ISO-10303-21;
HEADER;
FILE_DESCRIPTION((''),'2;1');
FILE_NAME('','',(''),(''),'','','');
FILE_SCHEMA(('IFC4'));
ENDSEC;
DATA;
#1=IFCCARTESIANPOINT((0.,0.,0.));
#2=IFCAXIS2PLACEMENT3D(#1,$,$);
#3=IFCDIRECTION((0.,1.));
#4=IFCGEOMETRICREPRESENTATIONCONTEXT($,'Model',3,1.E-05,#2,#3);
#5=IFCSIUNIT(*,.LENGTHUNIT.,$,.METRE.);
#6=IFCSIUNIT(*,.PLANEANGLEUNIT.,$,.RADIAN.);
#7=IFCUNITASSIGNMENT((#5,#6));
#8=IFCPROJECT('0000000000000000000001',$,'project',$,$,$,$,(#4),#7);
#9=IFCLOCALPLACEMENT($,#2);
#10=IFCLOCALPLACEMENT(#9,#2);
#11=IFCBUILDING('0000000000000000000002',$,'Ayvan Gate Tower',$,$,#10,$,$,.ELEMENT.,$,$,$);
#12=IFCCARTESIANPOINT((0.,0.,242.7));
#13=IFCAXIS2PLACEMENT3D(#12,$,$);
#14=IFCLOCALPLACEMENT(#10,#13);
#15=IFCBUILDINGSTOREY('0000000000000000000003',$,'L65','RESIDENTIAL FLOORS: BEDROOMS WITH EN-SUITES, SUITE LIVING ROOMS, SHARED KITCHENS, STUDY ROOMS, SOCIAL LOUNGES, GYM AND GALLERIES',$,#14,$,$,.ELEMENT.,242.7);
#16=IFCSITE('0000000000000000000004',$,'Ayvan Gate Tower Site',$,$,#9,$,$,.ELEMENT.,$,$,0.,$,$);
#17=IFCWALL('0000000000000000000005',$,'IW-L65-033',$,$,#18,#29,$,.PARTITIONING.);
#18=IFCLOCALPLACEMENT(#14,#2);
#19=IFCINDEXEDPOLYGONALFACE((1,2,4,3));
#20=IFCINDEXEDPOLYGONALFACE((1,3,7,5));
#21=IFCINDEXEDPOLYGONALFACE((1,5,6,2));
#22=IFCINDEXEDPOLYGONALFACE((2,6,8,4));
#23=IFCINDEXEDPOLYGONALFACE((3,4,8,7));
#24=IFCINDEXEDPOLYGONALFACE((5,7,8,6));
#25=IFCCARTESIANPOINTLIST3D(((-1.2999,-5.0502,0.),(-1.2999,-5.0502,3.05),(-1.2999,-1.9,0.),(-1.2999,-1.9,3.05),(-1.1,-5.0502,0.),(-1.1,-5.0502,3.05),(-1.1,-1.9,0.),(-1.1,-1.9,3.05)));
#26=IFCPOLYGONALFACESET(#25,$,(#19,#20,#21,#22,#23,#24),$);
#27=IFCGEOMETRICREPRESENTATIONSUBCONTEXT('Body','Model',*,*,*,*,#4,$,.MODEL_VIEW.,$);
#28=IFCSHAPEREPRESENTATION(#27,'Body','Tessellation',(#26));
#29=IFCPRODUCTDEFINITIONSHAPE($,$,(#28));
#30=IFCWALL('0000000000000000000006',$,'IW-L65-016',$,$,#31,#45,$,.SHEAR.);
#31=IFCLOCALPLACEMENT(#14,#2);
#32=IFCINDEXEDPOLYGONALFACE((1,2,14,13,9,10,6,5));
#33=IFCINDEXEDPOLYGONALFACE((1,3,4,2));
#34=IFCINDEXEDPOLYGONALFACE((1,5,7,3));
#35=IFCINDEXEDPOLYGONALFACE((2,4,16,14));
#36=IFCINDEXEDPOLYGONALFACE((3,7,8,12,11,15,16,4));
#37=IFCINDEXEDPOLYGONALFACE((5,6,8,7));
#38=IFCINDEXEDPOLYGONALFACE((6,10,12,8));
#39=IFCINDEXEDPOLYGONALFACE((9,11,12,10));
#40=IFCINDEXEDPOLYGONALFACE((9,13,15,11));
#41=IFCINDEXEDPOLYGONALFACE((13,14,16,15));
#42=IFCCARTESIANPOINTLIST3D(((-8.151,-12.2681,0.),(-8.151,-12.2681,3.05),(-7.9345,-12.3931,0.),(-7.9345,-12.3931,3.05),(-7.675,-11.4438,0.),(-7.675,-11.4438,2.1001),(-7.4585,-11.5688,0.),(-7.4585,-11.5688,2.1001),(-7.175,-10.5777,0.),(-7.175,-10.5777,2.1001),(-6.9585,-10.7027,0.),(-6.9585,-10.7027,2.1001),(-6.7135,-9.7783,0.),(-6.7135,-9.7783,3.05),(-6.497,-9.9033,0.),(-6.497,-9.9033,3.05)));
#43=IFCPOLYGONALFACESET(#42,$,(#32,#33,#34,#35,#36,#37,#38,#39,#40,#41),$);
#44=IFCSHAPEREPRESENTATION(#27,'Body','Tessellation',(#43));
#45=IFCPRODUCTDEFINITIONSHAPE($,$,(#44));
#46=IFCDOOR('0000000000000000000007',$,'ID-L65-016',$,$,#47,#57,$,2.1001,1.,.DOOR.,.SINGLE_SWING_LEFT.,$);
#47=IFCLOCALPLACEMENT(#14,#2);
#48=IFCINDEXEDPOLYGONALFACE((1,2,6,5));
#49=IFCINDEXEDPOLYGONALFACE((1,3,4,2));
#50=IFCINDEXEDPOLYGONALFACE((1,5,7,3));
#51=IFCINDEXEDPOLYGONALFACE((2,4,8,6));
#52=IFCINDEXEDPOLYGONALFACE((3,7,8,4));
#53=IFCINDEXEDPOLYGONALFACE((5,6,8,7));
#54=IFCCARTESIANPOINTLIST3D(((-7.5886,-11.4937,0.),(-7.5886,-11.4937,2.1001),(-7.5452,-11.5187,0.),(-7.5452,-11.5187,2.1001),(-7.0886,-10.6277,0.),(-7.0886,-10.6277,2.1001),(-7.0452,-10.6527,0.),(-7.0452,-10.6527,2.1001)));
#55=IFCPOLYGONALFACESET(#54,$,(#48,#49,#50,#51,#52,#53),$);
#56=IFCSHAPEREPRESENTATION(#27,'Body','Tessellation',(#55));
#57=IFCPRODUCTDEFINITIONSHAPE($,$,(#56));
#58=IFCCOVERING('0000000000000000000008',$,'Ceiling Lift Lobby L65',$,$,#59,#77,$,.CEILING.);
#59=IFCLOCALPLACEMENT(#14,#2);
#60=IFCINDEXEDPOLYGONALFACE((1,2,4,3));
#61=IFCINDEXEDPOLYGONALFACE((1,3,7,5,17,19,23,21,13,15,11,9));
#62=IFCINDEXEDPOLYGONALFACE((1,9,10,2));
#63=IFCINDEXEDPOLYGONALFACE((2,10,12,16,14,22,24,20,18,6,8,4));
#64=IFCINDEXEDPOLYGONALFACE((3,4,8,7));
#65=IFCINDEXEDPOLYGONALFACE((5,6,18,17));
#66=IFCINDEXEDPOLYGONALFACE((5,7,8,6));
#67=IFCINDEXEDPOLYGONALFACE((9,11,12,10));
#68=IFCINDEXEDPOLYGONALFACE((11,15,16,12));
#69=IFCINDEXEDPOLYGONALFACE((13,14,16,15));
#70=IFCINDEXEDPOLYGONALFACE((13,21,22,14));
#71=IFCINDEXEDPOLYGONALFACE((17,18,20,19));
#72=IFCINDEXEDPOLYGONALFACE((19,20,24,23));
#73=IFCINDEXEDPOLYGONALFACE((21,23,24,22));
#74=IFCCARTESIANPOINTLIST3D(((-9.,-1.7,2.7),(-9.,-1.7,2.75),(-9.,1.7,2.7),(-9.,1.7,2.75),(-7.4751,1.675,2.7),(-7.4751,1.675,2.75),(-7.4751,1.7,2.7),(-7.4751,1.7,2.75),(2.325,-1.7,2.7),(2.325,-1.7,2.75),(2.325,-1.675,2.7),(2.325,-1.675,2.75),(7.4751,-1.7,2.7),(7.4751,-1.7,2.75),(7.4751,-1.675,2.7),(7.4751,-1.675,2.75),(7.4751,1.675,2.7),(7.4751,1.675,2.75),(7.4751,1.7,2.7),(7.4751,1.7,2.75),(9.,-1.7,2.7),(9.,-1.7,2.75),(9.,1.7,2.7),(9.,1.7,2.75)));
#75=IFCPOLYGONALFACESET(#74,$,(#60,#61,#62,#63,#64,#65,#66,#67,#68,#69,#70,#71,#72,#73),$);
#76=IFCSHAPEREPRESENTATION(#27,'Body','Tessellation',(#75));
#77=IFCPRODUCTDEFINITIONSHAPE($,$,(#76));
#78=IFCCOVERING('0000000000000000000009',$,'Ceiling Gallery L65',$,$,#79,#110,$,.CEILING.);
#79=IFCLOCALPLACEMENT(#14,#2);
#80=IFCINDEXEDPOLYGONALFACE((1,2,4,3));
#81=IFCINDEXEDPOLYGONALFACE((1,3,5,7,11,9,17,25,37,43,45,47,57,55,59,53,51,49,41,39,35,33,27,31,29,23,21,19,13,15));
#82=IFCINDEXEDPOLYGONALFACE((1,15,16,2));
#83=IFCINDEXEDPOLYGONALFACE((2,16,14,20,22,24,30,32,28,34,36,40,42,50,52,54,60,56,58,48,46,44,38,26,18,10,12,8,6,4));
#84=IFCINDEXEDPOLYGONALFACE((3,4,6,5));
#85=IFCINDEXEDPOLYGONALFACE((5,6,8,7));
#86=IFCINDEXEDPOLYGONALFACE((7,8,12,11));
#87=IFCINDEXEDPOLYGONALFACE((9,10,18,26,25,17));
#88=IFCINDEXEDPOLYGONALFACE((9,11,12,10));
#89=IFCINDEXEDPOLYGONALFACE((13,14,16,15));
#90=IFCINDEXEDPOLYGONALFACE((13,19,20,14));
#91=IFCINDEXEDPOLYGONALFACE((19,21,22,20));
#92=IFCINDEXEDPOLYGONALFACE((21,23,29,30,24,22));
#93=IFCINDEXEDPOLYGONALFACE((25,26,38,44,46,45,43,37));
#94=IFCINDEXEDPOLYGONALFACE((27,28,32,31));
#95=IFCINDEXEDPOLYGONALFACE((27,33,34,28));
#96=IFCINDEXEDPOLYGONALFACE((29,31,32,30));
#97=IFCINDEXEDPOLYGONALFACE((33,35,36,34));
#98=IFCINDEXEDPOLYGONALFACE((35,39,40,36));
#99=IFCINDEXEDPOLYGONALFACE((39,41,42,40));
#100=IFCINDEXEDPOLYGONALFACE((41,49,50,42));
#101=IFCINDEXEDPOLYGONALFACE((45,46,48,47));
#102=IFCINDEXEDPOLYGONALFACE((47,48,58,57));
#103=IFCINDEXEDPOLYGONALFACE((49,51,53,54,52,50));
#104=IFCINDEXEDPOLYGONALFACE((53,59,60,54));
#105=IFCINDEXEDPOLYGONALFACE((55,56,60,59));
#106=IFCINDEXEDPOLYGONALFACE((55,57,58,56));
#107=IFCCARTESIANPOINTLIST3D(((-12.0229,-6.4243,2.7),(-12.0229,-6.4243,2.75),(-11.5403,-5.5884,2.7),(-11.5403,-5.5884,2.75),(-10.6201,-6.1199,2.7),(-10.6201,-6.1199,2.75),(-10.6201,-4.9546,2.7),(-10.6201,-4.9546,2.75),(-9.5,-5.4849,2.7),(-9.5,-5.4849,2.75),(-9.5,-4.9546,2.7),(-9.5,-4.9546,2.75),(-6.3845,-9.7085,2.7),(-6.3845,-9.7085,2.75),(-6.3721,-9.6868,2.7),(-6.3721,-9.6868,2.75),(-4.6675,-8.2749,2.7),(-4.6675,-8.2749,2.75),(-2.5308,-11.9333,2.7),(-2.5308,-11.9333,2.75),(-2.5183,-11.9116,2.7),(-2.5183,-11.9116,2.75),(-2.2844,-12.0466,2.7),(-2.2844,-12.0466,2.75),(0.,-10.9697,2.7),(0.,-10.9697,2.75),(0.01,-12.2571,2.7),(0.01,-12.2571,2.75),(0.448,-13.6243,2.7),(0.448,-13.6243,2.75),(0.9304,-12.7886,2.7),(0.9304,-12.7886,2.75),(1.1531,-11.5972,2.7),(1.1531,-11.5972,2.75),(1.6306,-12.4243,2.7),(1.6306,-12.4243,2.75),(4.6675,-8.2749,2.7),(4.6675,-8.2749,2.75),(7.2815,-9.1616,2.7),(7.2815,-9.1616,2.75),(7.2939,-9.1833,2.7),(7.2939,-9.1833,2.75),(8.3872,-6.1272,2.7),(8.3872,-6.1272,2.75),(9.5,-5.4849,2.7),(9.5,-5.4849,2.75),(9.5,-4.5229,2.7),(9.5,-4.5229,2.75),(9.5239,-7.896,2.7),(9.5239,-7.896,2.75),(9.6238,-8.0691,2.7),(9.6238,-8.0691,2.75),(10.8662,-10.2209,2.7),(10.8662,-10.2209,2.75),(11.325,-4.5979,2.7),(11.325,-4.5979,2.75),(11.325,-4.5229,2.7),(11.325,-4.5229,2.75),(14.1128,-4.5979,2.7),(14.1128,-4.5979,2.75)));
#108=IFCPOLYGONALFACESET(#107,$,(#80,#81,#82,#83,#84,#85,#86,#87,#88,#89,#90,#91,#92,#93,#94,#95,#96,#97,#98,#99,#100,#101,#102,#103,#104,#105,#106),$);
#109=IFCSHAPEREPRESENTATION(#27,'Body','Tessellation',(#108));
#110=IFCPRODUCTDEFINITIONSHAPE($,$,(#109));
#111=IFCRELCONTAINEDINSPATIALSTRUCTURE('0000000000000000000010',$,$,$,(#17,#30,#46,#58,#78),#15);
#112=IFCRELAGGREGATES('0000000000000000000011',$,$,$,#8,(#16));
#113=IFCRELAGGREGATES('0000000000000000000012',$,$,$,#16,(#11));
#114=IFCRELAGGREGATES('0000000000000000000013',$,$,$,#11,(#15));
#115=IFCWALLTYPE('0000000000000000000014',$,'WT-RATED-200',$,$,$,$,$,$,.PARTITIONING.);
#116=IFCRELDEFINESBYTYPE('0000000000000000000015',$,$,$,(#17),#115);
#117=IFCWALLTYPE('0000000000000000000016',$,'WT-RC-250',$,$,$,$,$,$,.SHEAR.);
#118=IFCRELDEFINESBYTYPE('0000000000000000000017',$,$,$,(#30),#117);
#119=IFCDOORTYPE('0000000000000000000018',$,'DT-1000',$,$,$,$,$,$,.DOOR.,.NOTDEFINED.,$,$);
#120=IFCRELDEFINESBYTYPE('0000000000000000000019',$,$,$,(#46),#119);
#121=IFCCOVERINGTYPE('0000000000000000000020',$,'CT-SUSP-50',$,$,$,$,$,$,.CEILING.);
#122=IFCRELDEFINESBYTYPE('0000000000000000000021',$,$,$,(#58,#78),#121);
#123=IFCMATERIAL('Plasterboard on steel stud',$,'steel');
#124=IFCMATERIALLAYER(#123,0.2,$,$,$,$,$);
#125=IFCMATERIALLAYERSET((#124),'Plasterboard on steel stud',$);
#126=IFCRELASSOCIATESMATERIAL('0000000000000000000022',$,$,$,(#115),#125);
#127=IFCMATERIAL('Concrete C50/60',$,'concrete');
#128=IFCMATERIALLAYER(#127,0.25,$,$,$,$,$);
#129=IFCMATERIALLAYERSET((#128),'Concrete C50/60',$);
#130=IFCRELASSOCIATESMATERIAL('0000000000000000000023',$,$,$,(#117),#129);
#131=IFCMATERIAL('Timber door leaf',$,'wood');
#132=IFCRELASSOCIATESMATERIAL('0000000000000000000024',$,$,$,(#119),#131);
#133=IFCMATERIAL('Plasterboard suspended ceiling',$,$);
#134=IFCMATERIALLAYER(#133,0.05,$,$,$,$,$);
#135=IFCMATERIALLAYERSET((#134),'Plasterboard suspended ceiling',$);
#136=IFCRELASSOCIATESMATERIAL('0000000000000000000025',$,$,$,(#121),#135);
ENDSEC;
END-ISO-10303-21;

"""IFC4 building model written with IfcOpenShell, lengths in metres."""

from ifc_helpers import new_model, si_unit, direction, frame, frame_2d, origin, place, context, subcontext, project, spatial, polyline, rectangle, outline, extrude, material, layer, layer_set, type_object, element, fill, save


model = new_model("IFC4")

# Units and contexts
model_context = context("Model", 3, precision=1e-05, world=origin(), true_north=direction((0.0, 1.0)))
body_context = subcontext(model_context, "Body", "Model", "MODEL_VIEW")
ifc_project = project(units=[si_unit("LENGTHUNIT", "METRE"), si_unit("PLANEANGLEUNIT", "RADIAN")], contexts=[model_context])

# Site, building, storey
site_placement = place(None, origin())
site = spatial("IfcSite", under=ifc_project, at=site_placement, Name="Ayvan Gate Tower Site", CompositionType="ELEMENT", RefElevation=0.0)
building_placement = place(site_placement, origin())
building = spatial("IfcBuilding", under=site, at=building_placement, Name="Ayvan Gate Tower", CompositionType="ELEMENT")
storey_placement = place(building_placement, frame((0.0, 0.0, 242.7)))
storey = spatial("IfcBuildingStorey", under=building, at=storey_placement, Name="L65", Description="RESIDENTIAL FLOORS: BEDROOMS WITH EN-SUITES, SUITE LIVING ROOMS, SHARED KITCHENS, STUDY ROOMS, SOCIAL LOUNGES, GYM AND GALLERIES", CompositionType="ELEMENT", Elevation=242.7)

# Shared definitions
ifc_material_1 = material(Name="Timber door leaf", Category="wood")
ifc_material_2 = material(Name="Plasterboard on steel stud", Category="steel")
ifc_layer_1 = layer(ifc_material_2, 0.2)
ifc_layer_set_1 = layer_set([ifc_layer_1], Name="Plasterboard on steel stud")
wall_type_1 = type_object("IfcWallType", Name="WT-RATED-200", PredefinedType="PARTITIONING", material=ifc_layer_set_1)

# Wall
wall_1_placement = place(storey_placement, frame((-1.2, -1.8999, 0.0), z_axis=(0.0, 0.0, 1.0), x_axis=(0.0, -1.0, 0.0)))
element("IfcWall", 1, at=wall_1_placement, inside=storey, type_object=wall_type_1, Name="IW-L65-033", PredefinedType="PARTITIONING", context=body_context, shape_type="SweptSolid", body=[
    extrude(rectangle(XDim=3.1501, YDim=0.2, at=frame_2d((1.5752, 0.0))), origin(), (0.0, 0.0, 1.0), 3.05),
])

# Wall, opening, door
ifc_material_3 = material(Name="Concrete C50/60", Category="concrete")
ifc_layer_2 = layer(ifc_material_3, 0.25)
ifc_layer_set_2 = layer_set([ifc_layer_2], Name="Concrete C50/60")
wall_type_2 = type_object("IfcWallType", Name="WT-RC-250", PredefinedType="SHEAR", material=ifc_layer_set_2)
wall_2_placement = place(storey_placement, frame((-6.6052, -9.8408, 0.0), z_axis=(0.0, 0.0, 1.0), x_axis=(-0.500012, -0.866019, 0.0)))
wall_2 = element("IfcWall", 2, at=wall_2_placement, inside=storey, type_object=wall_type_2, Name="IW-L65-016", PredefinedType="SHEAR", context=body_context, shape_type="SweptSolid", body=[
    extrude(rectangle(XDim=2.875, YDim=0.25, at=frame_2d((1.4375, 0.0))), origin(), (0.0, 0.0, 1.0), 3.05),
])
opening_1_placement = place(wall_2_placement, frame((0.9231, 0.0, 0.0)))
opening_1 = element("IfcOpeningElement", 3, at=opening_1_placement, cuts=wall_2, PredefinedType="OPENING", context=body_context, shape_type="SweptSolid", body=[
    extrude(rectangle(XDim=1.0, YDim=2.1001, at=frame_2d((0.5, 1.05))), frame((0.0, 0.135, 0.0), z_axis=(0.0, -1.0, 0.0), x_axis=(1.0, 0.0, 0.0)), (0.0, 0.0, 1.0), 0.27),
])
door_type_1 = type_object("IfcDoorType", Name="DT-1000", OperationType="NOTDEFINED", PredefinedType="DOOR", material=ifc_material_1)
door_1_placement = place(opening_1_placement, origin())
door_1 = element("IfcDoor", 4, at=door_1_placement, inside=storey, type_object=door_type_1, Name="ID-L65-016", OperationType="SINGLE_SWING_LEFT", OverallHeight=2.1001, OverallWidth=1.0, PredefinedType="DOOR", context=body_context, shape_type="SweptSolid", body=[
    extrude(rectangle(XDim=1.0, YDim=2.1001, at=frame_2d((0.5, 1.05))), frame((0.0, 0.0249, 0.0), z_axis=(0.0, -1.0, 0.0), x_axis=(1.0, 0.0, 0.0)), (0.0, 0.0, 1.0), 0.05),
])
fill(opening_1, door_1)

# Coverings
ifc_material_4 = material(Name="Plasterboard suspended ceiling")
ifc_layer_3 = layer(ifc_material_4, 0.05)
ifc_layer_set_3 = layer_set([ifc_layer_3], Name="Plasterboard suspended ceiling")
covering_type = type_object("IfcCoveringType", Name="CT-SUSP-50", PredefinedType="CEILING", material=ifc_layer_set_3)
covering_1_placement = place(storey_placement, frame((0.0, 0.0, 2.7)))
element("IfcCovering", 5, at=covering_1_placement, inside=storey, type_object=covering_type, Name="Ceiling Lift Lobby L65", PredefinedType="CEILING", context=body_context, shape_type="SweptSolid", body=[
    extrude(outline(polyline([(7.4751, -1.675), (2.325, -1.675), (2.325, -1.7), (-9.0, -1.7), (-9.0, 1.7), (-7.4751, 1.7), (-7.4751, 1.675), (7.4751, 1.675), (7.4751, 1.7), (9.0, 1.7), (9.0, -1.7), (7.4751, -1.7), (7.4751, -1.675)])), origin(), (0.0, 0.0, 1.0), 0.05),
])
covering_2_placement = place(storey_placement, frame((0.0, 0.0, 2.7)))
element("IfcCovering", 6, at=covering_2_placement, inside=storey, type_object=covering_type, Name="Ceiling Gallery L65", PredefinedType="CEILING", context=body_context, shape_type="SweptSolid", body=[
    extrude(outline(polyline([(-4.6675, -8.2749), (0.0, -10.9697), (4.6675, -8.2749), (8.3872, -6.1272), (9.5, -5.4849), (9.5, -4.5229), (11.325, -4.5229), (11.325, -4.5979), (14.1128, -4.5979), (10.8662, -10.2209), (9.6238, -8.0691), (9.5239, -7.896), (7.2939, -9.1833), (7.2815, -9.1616), (1.6306, -12.4243), (1.1531, -11.5972), (0.01, -12.2571), (0.9304, -12.7886), (0.448, -13.6243), (-2.2844, -12.0466), (-2.5183, -11.9116), (-2.5308, -11.9333), (-6.3845, -9.7085), (-6.3721, -9.6868), (-12.0229, -6.4243), (-11.5403, -5.5884), (-10.6201, -6.1199), (-10.6201, -4.9546), (-9.5, -4.9546), (-9.5, -5.4849), (-4.6675, -8.2749)])), origin(), (0.0, 0.0, 1.0), 0.05),
])

save(model, "model.ifc")
